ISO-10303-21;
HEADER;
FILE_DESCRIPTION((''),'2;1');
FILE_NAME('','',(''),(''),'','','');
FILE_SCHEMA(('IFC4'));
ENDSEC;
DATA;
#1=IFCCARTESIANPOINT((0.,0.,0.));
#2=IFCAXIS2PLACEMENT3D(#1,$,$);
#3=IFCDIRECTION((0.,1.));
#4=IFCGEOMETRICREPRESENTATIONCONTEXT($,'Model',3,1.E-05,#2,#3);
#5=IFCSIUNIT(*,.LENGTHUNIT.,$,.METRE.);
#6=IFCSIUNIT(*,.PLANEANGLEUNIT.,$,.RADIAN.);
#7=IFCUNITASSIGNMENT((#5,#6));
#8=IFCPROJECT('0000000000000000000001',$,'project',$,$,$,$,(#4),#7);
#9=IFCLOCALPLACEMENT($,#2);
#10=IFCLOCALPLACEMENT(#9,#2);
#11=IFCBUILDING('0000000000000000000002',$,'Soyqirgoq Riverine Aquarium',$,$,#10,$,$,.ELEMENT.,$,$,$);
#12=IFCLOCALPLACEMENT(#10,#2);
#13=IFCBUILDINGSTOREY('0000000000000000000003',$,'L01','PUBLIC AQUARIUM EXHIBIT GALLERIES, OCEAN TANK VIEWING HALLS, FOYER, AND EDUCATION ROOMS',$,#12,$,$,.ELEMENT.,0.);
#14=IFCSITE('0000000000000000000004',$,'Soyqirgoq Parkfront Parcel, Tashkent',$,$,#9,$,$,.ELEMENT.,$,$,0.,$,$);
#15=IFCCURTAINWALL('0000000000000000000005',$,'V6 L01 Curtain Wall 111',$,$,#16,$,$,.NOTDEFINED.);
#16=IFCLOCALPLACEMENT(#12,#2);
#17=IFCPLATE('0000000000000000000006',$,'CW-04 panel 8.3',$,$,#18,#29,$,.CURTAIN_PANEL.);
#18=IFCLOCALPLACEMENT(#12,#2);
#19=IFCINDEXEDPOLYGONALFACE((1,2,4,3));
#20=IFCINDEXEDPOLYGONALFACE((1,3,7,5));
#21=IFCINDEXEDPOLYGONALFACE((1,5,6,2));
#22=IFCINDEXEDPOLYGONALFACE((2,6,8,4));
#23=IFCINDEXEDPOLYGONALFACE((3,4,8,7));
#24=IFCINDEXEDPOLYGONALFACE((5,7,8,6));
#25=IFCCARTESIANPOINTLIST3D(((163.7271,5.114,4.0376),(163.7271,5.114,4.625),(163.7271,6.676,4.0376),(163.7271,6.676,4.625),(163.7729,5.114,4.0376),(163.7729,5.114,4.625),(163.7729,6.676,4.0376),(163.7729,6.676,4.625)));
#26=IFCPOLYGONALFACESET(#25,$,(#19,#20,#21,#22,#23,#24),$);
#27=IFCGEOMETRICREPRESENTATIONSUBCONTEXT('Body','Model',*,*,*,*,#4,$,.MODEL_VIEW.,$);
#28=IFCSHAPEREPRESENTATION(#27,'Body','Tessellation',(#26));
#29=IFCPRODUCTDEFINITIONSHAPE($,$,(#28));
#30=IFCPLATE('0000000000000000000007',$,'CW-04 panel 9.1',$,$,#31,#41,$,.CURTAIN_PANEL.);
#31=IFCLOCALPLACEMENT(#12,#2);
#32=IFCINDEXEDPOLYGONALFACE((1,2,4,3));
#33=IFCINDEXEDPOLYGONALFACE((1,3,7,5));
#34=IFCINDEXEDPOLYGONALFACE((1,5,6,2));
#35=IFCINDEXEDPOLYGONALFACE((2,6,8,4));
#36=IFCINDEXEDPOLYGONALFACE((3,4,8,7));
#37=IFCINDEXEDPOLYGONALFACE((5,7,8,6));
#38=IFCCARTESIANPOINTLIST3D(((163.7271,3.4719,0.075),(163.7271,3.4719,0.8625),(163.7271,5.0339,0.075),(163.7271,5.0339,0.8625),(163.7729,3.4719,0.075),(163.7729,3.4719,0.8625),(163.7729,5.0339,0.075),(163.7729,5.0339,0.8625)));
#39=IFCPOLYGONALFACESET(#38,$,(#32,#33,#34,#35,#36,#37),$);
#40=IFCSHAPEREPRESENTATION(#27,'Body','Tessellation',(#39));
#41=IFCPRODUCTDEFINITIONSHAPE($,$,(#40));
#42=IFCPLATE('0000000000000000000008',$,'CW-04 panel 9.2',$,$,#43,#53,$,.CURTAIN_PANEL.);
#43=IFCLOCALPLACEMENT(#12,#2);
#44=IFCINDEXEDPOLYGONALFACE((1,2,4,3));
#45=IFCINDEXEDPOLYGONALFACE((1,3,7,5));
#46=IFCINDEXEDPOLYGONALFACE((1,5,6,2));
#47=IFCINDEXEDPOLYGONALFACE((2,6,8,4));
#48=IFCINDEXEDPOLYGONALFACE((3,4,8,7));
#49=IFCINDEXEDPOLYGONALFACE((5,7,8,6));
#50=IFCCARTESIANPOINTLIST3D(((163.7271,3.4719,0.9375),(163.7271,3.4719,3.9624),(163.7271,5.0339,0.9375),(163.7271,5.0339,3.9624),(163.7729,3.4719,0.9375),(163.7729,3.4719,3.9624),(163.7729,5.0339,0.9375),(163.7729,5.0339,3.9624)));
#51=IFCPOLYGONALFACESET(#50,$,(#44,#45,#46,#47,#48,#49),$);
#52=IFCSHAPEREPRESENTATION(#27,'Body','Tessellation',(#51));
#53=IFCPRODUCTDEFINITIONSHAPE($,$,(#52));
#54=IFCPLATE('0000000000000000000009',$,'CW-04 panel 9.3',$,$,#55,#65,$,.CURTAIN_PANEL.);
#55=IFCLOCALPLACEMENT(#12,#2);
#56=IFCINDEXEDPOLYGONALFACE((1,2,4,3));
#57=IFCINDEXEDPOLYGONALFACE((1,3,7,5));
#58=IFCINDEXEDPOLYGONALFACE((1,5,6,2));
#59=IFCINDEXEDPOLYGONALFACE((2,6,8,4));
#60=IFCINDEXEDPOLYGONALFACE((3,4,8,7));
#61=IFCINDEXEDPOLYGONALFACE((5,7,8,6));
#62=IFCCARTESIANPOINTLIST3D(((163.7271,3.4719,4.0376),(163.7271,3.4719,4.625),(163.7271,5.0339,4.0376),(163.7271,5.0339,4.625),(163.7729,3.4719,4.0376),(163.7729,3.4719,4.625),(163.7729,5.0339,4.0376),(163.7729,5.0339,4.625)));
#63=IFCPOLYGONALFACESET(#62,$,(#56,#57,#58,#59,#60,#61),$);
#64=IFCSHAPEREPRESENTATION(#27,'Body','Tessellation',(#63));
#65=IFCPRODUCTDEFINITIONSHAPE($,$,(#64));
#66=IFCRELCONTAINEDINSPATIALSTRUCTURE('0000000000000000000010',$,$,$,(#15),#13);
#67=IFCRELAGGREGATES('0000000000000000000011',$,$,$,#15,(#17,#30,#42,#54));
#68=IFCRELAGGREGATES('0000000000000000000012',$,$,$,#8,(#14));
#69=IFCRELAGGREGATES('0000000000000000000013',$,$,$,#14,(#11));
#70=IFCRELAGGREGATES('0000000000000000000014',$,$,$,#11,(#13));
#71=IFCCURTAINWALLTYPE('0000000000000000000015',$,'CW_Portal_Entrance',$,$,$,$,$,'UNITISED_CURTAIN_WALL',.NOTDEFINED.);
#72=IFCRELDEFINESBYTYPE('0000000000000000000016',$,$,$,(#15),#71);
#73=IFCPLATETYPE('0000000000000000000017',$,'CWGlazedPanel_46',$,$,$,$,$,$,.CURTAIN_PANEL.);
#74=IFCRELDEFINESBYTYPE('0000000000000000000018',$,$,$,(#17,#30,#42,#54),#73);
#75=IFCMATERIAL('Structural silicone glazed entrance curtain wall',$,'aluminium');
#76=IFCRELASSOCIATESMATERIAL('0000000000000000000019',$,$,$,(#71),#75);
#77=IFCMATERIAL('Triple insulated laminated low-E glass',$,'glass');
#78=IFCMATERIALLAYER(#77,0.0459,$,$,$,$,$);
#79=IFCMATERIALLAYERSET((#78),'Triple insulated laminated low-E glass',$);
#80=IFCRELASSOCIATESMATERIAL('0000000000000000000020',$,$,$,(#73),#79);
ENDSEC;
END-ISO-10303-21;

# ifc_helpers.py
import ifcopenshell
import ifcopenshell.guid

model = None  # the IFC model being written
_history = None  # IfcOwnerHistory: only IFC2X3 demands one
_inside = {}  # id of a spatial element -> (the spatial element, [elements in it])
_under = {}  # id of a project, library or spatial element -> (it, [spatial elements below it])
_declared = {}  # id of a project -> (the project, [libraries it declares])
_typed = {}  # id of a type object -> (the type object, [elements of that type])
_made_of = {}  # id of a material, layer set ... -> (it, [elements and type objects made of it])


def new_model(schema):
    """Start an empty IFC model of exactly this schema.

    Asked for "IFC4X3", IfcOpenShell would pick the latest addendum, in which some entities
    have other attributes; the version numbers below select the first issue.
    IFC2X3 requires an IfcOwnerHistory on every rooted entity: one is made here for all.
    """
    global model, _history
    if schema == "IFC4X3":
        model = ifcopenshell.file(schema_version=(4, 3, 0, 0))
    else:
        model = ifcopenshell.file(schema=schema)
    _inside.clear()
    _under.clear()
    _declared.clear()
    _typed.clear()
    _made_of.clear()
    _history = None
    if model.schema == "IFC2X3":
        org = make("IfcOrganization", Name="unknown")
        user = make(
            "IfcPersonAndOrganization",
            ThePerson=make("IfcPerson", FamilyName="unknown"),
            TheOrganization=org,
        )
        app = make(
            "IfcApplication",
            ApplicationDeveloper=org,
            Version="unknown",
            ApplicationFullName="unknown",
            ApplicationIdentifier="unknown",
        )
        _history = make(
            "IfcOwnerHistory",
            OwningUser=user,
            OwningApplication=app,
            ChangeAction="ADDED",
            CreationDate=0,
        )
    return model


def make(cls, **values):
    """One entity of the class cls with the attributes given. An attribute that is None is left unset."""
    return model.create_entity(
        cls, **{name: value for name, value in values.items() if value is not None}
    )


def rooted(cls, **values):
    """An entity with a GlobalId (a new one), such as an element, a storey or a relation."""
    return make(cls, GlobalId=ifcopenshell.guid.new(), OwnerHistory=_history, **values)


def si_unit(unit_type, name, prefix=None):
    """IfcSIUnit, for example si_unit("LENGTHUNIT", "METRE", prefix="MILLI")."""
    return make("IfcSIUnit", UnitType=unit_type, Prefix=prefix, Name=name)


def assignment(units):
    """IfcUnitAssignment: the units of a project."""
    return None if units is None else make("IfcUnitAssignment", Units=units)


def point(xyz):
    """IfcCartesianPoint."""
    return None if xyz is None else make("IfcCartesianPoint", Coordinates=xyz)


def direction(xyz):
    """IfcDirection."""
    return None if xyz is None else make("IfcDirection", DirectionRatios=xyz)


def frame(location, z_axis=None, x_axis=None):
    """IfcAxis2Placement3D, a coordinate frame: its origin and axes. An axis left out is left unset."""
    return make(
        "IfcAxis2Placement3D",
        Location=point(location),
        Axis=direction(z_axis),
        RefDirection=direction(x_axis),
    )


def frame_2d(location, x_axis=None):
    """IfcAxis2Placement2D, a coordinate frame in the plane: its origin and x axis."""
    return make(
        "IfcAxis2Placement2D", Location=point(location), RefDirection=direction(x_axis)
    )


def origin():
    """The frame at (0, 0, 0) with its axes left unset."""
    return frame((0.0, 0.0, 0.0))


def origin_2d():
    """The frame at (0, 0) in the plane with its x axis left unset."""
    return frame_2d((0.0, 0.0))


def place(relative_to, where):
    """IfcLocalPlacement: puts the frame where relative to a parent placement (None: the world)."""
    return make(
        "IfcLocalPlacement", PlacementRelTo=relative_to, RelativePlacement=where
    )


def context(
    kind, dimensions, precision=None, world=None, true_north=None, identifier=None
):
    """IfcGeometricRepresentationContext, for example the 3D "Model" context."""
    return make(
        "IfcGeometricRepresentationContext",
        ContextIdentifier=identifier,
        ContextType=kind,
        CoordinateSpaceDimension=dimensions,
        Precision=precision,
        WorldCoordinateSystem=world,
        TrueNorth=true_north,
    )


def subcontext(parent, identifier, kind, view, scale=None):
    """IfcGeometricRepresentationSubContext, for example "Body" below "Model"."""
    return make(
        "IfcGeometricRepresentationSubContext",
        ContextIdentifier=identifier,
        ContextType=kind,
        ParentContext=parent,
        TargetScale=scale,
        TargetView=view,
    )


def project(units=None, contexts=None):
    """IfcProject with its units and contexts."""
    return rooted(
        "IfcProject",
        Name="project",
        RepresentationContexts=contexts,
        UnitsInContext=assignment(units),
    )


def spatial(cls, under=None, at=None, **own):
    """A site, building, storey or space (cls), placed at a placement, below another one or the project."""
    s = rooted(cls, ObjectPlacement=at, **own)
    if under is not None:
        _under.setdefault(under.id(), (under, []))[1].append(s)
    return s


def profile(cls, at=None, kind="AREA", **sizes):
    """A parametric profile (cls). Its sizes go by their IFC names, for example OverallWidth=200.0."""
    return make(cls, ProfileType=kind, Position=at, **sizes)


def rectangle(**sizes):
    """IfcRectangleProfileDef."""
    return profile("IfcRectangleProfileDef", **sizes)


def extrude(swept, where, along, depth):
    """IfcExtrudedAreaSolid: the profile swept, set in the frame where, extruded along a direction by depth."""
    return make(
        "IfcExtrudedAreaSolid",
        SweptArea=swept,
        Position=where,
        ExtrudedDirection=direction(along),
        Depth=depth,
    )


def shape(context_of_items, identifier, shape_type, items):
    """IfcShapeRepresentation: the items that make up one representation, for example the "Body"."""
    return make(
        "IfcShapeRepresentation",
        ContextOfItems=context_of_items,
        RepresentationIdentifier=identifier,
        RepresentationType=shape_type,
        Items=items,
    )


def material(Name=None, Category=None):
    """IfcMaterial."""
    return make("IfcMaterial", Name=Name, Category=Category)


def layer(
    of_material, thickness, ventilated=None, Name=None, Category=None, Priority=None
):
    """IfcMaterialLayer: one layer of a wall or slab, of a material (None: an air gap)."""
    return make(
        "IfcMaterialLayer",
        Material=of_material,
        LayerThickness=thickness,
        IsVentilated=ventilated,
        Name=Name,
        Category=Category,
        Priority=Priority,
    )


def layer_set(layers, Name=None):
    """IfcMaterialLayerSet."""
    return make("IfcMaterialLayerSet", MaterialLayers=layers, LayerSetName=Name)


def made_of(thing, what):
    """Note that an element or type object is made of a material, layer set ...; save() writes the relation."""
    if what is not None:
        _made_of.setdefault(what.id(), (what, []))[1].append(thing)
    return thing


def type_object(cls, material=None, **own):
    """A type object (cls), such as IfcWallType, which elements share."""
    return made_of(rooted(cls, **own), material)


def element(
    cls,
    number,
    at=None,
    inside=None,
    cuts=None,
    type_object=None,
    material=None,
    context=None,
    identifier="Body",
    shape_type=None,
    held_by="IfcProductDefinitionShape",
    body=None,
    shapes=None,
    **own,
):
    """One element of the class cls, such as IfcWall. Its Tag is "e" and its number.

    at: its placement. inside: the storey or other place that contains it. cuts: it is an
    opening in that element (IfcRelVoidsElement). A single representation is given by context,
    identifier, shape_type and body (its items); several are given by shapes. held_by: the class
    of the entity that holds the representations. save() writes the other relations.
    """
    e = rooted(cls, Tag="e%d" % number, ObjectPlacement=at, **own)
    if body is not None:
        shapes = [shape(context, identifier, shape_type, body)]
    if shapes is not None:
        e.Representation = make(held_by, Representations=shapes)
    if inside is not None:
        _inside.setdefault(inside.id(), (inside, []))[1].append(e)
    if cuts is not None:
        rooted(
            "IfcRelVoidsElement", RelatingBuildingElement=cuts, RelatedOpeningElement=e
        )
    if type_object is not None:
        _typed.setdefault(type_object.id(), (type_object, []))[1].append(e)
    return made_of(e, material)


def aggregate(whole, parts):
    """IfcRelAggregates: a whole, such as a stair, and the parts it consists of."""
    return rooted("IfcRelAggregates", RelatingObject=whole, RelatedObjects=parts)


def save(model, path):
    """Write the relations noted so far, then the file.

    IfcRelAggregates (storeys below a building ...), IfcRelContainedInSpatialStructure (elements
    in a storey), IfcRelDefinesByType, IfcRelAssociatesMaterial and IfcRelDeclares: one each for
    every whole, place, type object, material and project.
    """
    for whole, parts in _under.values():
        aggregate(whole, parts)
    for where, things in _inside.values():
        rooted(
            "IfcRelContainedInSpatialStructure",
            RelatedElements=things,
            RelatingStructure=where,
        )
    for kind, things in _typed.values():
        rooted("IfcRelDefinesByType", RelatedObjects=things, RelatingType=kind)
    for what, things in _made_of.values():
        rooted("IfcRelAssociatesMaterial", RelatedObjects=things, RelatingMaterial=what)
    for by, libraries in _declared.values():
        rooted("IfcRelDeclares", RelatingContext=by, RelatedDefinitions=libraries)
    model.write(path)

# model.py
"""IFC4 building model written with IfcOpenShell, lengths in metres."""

from ifc_helpers import new_model, si_unit, direction, frame, origin, origin_2d, place, context, subcontext, project, spatial, rectangle, extrude, material, layer, layer_set, type_object, element, aggregate, save


model = new_model("IFC4")

# Units and contexts
model_context = context("Model", 3, precision=1e-05, world=origin(), true_north=direction((0.0, 1.0)))
body_context = subcontext(model_context, "Body", "Model", "MODEL_VIEW")
ifc_project = project(units=[si_unit("LENGTHUNIT", "METRE"), si_unit("PLANEANGLEUNIT", "RADIAN")], contexts=[model_context])

# Site, building, storey
site_placement = place(None, origin())
site = spatial("IfcSite", under=ifc_project, at=site_placement, Name="Soyqirgoq Parkfront Parcel, Tashkent", CompositionType="ELEMENT", RefElevation=0.0)
building_placement = place(site_placement, origin())
building = spatial("IfcBuilding", under=site, at=building_placement, Name="Soyqirgoq Riverine Aquarium", CompositionType="ELEMENT")
storey_placement = place(building_placement, origin())
storey = spatial("IfcBuildingStorey", under=building, at=storey_placement, Name="L01", Description="PUBLIC AQUARIUM EXHIBIT GALLERIES, OCEAN TANK VIEWING HALLS, FOYER, AND EDUCATION ROOMS", CompositionType="ELEMENT", Elevation=0.0)

# Curtain wall, plates
ifc_material_1 = material(Name="Structural silicone glazed entrance curtain wall", Category="aluminium")
curtain_wall_type = type_object("IfcCurtainWallType", Name="CW_Portal_Entrance", ElementType="UNITISED_CURTAIN_WALL", PredefinedType="NOTDEFINED", material=ifc_material_1)
curtain_wall_placement = place(storey_placement, origin())
curtain_wall = element("IfcCurtainWall", 1, at=curtain_wall_placement, inside=storey, type_object=curtain_wall_type, Name="V6 L01 Curtain Wall 111", PredefinedType="NOTDEFINED")
ifc_material_2 = material(Name="Triple insulated laminated low-E glass", Category="glass")
ifc_layer = layer(ifc_material_2, 0.0459)
ifc_layer_set = layer_set([ifc_layer], Name="Triple insulated laminated low-E glass")
plate_type = type_object("IfcPlateType", Name="CWGlazedPanel_46", PredefinedType="CURTAIN_PANEL", material=ifc_layer_set)
plate_1_placement = place(storey_placement, frame((163.75, 5.895, 4.0376), z_axis=(0.0, 0.0, 1.0), x_axis=(0.0, -1.0, 0.0)))
plate_1 = element("IfcPlate", 2, at=plate_1_placement, type_object=plate_type, Name="CW-04 panel 8.3", PredefinedType="CURTAIN_PANEL", context=body_context, shape_type="SweptSolid", body=[
    extrude(rectangle(XDim=1.562, YDim=0.0459, at=origin_2d()), origin(), (0.0, 0.0, 1.0), 0.5874),
])
plate_2_placement = place(storey_placement, frame((163.75, 4.2529, 0.075), z_axis=(0.0, 0.0, 1.0), x_axis=(0.0, -1.0, 0.0)))
plate_2 = element("IfcPlate", 3, at=plate_2_placement, type_object=plate_type, Name="CW-04 panel 9.1", PredefinedType="CURTAIN_PANEL", context=body_context, shape_type="SweptSolid", body=[
    extrude(rectangle(XDim=1.562, YDim=0.0459, at=origin_2d()), origin(), (0.0, 0.0, 1.0), 0.7876),
])
plate_3_placement = place(storey_placement, frame((163.75, 4.2529, 0.9375), z_axis=(0.0, 0.0, 1.0), x_axis=(0.0, -1.0, 0.0)))
plate_3 = element("IfcPlate", 4, at=plate_3_placement, type_object=plate_type, Name="CW-04 panel 9.2", PredefinedType="CURTAIN_PANEL", context=body_context, shape_type="SweptSolid", body=[
    extrude(rectangle(XDim=1.562, YDim=0.0459, at=origin_2d()), origin(), (0.0, 0.0, 1.0), 3.0249),
])
plate_4_placement = place(storey_placement, frame((163.75, 4.2529, 4.0376), z_axis=(0.0, 0.0, 1.0), x_axis=(0.0, -1.0, 0.0)))
plate_4 = element("IfcPlate", 5, at=plate_4_placement, type_object=plate_type, Name="CW-04 panel 9.3", PredefinedType="CURTAIN_PANEL", context=body_context, shape_type="SweptSolid", body=[
    extrude(rectangle(XDim=1.562, YDim=0.0459, at=origin_2d()), origin(), (0.0, 0.0, 1.0), 0.5874),
])
aggregate(curtain_wall, [plate_1, plate_2, plate_3, plate_4])

save(model, "model.ifc")
